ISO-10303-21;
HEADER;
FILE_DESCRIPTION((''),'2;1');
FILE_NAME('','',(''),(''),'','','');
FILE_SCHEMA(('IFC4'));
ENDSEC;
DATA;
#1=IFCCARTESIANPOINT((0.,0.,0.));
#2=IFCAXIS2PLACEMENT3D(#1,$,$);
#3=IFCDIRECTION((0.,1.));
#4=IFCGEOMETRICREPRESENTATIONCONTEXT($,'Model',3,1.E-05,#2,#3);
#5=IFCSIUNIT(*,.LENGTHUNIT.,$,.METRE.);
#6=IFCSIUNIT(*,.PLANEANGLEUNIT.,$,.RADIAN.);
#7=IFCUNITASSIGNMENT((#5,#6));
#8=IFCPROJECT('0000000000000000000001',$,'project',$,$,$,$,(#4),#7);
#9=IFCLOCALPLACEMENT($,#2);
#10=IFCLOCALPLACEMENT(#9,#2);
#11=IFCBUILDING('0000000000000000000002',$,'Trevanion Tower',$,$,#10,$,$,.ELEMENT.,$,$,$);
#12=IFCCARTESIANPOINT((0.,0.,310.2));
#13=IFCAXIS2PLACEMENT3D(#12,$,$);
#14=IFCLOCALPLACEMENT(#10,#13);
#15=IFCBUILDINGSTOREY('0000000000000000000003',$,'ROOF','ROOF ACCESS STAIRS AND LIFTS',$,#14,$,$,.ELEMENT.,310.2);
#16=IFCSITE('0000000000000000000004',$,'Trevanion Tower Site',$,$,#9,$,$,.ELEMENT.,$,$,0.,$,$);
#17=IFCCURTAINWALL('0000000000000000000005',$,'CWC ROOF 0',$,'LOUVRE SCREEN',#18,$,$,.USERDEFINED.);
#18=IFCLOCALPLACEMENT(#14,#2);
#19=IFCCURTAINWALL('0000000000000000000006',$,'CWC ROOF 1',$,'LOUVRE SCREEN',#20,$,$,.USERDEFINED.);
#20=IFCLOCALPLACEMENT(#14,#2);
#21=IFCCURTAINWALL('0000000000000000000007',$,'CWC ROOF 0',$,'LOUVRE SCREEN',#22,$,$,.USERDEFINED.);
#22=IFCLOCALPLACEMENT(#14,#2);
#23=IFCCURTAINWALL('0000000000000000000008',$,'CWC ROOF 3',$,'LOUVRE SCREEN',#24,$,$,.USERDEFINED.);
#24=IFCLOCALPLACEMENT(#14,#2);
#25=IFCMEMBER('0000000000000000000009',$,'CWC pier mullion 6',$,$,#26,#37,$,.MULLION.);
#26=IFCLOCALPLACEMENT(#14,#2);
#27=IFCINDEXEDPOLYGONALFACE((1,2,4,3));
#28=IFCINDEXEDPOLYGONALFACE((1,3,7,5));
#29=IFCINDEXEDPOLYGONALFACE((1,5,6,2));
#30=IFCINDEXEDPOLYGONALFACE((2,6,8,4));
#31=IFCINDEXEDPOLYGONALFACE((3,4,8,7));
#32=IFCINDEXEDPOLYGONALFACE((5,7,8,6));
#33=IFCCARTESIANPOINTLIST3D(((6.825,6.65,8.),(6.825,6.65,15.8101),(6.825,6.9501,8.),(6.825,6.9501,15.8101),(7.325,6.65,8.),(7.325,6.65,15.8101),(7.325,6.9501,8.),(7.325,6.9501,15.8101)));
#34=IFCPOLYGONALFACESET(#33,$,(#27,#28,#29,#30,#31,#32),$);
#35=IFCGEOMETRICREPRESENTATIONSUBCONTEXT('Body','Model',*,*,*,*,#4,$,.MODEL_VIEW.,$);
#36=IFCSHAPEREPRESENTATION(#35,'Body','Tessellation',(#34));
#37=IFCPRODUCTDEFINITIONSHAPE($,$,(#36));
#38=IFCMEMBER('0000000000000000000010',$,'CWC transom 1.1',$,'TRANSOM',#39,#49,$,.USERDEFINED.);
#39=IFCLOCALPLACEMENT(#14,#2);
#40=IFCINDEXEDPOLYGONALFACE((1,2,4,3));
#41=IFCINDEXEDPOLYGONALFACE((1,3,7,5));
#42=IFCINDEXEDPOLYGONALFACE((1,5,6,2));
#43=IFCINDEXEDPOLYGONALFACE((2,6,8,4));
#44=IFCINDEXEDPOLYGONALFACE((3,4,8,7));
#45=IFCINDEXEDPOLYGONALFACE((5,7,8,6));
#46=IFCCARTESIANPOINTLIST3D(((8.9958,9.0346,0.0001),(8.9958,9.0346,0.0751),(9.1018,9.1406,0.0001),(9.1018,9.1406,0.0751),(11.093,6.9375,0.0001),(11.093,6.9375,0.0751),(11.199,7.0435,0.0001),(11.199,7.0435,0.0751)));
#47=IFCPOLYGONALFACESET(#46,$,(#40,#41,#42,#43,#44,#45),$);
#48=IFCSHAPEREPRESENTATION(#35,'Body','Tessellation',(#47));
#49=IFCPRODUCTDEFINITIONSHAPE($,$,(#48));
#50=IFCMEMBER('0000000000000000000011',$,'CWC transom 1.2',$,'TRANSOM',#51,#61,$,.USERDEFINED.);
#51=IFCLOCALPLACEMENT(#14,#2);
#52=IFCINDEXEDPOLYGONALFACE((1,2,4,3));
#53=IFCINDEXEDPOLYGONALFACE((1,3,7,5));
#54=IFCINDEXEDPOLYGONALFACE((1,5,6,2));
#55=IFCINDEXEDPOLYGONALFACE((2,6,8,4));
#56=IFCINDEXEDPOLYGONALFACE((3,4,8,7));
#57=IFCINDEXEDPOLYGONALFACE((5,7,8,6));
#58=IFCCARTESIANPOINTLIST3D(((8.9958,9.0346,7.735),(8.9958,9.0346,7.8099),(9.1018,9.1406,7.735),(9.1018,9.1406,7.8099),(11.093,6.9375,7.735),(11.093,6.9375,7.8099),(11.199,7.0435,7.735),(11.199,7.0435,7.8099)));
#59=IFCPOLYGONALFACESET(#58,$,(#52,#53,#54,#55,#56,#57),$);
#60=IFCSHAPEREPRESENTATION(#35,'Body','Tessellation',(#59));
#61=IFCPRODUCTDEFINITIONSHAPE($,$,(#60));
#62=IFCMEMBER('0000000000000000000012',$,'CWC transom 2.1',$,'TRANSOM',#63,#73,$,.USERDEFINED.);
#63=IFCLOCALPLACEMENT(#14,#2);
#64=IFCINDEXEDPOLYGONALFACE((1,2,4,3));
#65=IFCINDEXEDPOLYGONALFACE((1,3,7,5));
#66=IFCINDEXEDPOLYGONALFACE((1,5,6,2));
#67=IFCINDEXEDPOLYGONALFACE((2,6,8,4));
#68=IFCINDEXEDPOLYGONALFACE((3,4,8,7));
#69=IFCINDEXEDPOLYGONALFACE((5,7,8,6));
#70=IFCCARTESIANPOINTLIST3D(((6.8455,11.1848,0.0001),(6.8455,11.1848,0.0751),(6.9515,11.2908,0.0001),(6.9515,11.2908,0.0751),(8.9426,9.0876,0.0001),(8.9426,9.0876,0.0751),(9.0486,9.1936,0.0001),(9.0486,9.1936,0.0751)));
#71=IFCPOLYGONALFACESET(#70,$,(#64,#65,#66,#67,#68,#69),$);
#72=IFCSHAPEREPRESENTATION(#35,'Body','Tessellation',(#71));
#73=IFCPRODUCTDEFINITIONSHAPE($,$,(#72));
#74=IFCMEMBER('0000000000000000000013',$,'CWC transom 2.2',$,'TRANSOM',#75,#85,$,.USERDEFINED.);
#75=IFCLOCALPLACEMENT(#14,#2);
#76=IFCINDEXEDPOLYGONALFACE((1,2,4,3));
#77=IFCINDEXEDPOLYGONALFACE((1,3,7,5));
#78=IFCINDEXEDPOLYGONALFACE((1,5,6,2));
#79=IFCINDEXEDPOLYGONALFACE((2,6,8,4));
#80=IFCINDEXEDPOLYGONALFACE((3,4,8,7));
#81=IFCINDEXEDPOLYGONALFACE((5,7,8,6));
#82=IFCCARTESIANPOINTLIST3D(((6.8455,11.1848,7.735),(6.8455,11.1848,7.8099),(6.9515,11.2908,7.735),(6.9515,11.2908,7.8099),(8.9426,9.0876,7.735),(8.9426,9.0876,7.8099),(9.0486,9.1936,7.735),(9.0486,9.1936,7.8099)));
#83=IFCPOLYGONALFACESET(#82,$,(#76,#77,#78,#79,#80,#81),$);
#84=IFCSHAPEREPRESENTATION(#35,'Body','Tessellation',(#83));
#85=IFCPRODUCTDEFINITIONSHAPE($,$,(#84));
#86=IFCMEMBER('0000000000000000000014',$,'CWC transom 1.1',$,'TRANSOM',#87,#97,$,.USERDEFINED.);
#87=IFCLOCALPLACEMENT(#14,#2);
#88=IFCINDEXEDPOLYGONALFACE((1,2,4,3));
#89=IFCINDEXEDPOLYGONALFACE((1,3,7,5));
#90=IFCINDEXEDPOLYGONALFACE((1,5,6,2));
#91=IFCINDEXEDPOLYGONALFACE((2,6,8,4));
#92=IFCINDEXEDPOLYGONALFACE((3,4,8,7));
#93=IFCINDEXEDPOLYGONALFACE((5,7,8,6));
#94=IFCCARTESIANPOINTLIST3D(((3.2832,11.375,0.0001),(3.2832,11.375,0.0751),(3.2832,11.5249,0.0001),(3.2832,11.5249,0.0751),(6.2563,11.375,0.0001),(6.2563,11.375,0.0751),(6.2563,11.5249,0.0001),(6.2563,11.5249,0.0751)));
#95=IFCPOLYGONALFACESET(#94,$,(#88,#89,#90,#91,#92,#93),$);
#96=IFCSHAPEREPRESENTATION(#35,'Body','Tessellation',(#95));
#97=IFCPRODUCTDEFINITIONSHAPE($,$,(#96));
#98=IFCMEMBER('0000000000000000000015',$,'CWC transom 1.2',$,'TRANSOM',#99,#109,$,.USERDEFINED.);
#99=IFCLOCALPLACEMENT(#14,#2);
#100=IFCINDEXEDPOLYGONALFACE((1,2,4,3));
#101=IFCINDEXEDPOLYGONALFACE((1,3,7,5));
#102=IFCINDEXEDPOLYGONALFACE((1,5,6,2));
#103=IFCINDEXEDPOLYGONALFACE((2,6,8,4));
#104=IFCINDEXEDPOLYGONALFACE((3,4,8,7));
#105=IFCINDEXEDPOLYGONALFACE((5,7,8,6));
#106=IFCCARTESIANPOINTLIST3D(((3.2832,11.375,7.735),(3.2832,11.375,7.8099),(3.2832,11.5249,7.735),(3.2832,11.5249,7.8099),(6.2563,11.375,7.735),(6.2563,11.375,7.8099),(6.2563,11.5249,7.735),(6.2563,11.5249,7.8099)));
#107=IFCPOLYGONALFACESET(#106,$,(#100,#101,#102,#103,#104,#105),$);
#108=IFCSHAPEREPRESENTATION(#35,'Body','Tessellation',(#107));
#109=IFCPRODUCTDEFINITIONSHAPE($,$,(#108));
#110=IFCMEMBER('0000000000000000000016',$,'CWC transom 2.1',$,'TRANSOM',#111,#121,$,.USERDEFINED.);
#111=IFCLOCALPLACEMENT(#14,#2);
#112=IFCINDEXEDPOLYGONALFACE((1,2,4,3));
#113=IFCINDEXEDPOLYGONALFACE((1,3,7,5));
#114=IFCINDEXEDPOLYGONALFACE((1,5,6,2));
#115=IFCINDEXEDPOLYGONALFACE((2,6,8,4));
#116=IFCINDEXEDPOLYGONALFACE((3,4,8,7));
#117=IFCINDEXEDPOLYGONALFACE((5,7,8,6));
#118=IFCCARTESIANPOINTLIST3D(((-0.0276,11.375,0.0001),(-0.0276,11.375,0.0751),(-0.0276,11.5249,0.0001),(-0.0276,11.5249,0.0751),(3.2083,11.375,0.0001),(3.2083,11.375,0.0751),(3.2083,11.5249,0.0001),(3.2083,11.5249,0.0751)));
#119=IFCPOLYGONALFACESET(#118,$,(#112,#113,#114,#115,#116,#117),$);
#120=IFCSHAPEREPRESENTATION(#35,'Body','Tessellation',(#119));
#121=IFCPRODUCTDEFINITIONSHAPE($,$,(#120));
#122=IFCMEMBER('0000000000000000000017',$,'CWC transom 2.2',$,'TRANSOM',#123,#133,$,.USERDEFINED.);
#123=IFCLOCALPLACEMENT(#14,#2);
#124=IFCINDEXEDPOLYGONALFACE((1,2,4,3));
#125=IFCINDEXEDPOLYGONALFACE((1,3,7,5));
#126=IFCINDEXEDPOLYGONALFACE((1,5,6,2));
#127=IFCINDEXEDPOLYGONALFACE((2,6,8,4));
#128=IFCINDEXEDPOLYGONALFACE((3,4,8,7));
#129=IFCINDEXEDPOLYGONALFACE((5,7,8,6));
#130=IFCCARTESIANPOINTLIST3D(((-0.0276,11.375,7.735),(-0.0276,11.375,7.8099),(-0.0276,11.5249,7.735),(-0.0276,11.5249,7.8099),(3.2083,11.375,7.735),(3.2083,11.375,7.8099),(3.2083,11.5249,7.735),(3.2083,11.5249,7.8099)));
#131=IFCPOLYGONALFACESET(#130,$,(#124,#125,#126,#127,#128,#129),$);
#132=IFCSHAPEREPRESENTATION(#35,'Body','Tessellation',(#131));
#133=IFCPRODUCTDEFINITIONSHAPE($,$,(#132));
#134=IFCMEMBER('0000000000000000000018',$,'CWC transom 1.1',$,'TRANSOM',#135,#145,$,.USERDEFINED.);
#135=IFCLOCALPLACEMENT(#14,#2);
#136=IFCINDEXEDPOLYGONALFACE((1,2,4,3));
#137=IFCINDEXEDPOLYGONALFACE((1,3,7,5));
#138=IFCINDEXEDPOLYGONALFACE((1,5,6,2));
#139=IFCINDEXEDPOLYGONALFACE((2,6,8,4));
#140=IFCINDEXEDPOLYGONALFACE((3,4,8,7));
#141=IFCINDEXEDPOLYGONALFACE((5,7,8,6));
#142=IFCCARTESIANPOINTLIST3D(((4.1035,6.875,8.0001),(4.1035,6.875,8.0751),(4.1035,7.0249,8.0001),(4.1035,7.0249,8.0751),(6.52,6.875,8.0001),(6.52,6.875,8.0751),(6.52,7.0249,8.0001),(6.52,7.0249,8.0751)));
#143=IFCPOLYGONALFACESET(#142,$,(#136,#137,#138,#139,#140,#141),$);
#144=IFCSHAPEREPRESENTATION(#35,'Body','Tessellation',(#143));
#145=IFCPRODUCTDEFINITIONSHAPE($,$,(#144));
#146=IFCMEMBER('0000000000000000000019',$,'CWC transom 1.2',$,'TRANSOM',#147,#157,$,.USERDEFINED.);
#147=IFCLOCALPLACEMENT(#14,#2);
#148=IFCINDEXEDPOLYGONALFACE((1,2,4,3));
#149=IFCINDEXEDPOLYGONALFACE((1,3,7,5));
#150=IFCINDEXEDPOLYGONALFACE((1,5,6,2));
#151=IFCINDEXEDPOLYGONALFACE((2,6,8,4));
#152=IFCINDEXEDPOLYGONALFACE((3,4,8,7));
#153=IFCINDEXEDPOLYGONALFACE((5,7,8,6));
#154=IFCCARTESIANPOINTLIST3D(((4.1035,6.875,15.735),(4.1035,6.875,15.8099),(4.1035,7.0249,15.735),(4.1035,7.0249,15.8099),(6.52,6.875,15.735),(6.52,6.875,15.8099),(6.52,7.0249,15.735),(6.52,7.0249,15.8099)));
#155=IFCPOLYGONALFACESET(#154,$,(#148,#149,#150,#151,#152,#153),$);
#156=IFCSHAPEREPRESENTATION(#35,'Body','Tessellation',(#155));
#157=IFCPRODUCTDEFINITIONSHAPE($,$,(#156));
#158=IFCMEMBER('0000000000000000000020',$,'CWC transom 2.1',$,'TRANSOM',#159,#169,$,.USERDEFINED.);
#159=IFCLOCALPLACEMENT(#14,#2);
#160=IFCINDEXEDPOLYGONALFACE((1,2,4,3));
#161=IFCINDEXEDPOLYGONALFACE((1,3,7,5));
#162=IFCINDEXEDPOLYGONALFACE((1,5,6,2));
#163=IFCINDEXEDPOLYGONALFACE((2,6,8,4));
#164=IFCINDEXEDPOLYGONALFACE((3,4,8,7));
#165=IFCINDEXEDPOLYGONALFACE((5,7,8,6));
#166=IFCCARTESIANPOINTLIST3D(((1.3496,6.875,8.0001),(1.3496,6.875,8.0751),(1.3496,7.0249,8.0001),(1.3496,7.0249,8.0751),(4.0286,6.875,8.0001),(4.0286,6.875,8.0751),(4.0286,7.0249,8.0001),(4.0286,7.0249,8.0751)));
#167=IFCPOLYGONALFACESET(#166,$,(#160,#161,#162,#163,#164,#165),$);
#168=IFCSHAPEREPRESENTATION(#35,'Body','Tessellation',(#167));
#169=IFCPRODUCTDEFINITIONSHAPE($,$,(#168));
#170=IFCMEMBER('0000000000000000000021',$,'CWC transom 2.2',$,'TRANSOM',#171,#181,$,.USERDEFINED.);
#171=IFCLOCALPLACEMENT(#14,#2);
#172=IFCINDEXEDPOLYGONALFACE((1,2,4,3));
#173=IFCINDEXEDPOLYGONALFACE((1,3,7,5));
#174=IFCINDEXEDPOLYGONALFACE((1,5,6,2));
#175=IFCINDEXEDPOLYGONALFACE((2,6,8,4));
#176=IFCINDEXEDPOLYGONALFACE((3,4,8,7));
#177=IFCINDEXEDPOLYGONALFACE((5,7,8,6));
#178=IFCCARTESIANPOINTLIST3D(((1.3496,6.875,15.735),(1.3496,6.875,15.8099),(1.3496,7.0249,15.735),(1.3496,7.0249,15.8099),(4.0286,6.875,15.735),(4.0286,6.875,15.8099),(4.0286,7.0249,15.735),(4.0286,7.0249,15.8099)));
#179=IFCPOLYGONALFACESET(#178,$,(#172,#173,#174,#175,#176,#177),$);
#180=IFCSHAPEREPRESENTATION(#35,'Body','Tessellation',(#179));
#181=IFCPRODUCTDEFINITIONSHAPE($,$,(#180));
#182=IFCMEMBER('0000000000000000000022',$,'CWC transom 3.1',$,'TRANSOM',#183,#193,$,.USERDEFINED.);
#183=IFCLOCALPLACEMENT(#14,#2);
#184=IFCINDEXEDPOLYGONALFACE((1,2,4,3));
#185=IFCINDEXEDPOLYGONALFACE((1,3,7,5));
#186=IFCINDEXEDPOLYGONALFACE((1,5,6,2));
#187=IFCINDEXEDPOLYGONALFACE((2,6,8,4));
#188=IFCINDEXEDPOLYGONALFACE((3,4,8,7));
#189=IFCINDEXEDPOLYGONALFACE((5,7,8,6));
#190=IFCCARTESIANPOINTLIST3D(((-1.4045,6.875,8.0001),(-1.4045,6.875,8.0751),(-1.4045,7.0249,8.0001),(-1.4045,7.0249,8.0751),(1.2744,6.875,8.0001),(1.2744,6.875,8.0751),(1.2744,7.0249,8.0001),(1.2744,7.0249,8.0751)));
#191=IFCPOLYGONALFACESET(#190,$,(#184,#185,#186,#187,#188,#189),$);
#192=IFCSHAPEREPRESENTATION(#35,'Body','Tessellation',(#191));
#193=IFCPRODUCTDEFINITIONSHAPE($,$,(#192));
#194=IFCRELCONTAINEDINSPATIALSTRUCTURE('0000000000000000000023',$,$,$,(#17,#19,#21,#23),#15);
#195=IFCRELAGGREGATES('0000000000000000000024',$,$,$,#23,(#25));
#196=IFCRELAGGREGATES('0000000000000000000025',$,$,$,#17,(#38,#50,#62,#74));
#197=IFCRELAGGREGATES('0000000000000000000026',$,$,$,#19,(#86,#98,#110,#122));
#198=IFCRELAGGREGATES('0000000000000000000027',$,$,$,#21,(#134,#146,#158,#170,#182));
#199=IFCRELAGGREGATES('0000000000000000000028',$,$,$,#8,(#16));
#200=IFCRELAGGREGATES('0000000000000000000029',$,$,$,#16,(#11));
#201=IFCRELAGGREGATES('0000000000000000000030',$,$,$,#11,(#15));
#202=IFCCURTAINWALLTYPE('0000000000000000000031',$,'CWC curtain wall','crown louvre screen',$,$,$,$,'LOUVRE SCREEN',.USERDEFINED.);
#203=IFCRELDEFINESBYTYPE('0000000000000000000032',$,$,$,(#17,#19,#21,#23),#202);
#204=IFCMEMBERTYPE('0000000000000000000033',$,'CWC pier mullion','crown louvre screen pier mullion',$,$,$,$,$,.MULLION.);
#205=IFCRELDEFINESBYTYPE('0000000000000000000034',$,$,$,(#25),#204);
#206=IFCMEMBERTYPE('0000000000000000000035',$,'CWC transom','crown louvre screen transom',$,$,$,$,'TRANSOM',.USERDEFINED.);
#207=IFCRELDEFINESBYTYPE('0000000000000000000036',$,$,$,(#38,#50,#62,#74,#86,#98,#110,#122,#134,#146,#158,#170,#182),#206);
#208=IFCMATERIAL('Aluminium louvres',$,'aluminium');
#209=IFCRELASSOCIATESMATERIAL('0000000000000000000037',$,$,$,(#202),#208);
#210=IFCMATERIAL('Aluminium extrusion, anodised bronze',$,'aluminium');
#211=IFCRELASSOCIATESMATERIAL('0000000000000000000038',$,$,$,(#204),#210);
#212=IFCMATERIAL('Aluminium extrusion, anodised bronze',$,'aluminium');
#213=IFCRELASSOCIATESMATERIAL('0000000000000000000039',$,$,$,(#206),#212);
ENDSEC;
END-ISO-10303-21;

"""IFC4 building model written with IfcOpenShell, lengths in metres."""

from ifc_helpers import new_model, si_unit, direction, frame, origin, origin_2d, place, context, subcontext, project, spatial, rectangle, extrude, material, material_profile, profile_set, type_object, element, aggregate, save


model = new_model("IFC4")

# Units and contexts
model_context = context("Model", 3, precision=1e-05, world=origin(), true_north=direction((0.0, 1.0)))
body_context = subcontext(model_context, "Body", "Model", "MODEL_VIEW")
ifc_project = project(units=[si_unit("LENGTHUNIT", "METRE"), si_unit("PLANEANGLEUNIT", "RADIAN")], contexts=[model_context])

# Site, building, storey
site_placement = place(None, origin())
site = spatial("IfcSite", under=ifc_project, at=site_placement, Name="Trevanion Tower Site", CompositionType="ELEMENT", RefElevation=0.0)
building_placement = place(site_placement, origin())
building = spatial("IfcBuilding", under=site, at=building_placement, Name="Trevanion Tower", CompositionType="ELEMENT")
storey_placement = place(building_placement, frame((0.0, 0.0, 310.2)))
storey = spatial("IfcBuildingStorey", under=building, at=storey_placement, Name="ROOF", Description="ROOF ACCESS STAIRS AND LIFTS", CompositionType="ELEMENT", Elevation=310.2)

# Curtain walls
ifc_material_1 = material(Name="Aluminium louvres", Category="aluminium")
curtain_wall_type = type_object("IfcCurtainWallType", Name="CWC curtain wall", Description="crown louvre screen", ElementType="LOUVRE SCREEN", PredefinedType="USERDEFINED", material=ifc_material_1)
curtain_wall_1_placement = place(storey_placement, origin())
curtain_wall_1 = element("IfcCurtainWall", 1, at=curtain_wall_1_placement, inside=storey, type_object=curtain_wall_type, Name="CWC ROOF 0", ObjectType="LOUVRE SCREEN", PredefinedType="USERDEFINED")
curtain_wall_2_placement = place(storey_placement, origin())
curtain_wall_2 = element("IfcCurtainWall", 2, at=curtain_wall_2_placement, inside=storey, type_object=curtain_wall_type, Name="CWC ROOF 1", ObjectType="LOUVRE SCREEN", PredefinedType="USERDEFINED")

# Curtain wall
curtain_wall_3_placement = place(storey_placement, origin())
curtain_wall_3 = element("IfcCurtainWall", 3, at=curtain_wall_3_placement, inside=storey, type_object=curtain_wall_type, Name="CWC ROOF 0", ObjectType="LOUVRE SCREEN", PredefinedType="USERDEFINED")

# Shared definitions
ifc_material_2 = material(Name="Aluminium extrusion, anodised bronze", Category="aluminium")
ifc_material_profile_1 = material_profile(ifc_material_2, rectangle(XDim=0.3, YDim=0.5, at=origin_2d()), Name="CWC pier mullion")
ifc_profile_set_1 = profile_set([ifc_material_profile_1], Name="Aluminium extrusion, anodised bronze")
member_type_1 = type_object("IfcMemberType", Name="CWC pier mullion", Description="crown louvre screen pier mullion", PredefinedType="MULLION", material=ifc_profile_set_1)

# Curtain wall, member
curtain_wall_4_placement = place(storey_placement, origin())
curtain_wall_4 = element("IfcCurtainWall", 4, at=curtain_wall_4_placement, inside=storey, type_object=curtain_wall_type, Name="CWC ROOF 3", ObjectType="LOUVRE SCREEN", PredefinedType="USERDEFINED")
member_1_placement = place(storey_placement, frame((7.075, 6.8, 8.0), z_axis=(0.0, 0.0, 1.0), x_axis=(0.0, 1.0, 0.0)))
member_1 = element("IfcMember", 5, at=member_1_placement, type_object=member_type_1, Name="CWC pier mullion 6", PredefinedType="MULLION", context=body_context, shape_type="SweptSolid", body=[
    extrude(rectangle(XDim=0.3, YDim=0.5, at=origin_2d()), origin(), (0.0, 0.0, 1.0), 7.8101),
])
aggregate(curtain_wall_4, [member_1])

# Members
ifc_material_3 = material(Name="Aluminium extrusion, anodised bronze", Category="aluminium")
ifc_material_profile_2 = material_profile(ifc_material_3, rectangle(XDim=0.1499, YDim=0.075, at=origin_2d()), Name="CWC transom")
ifc_profile_set_2 = profile_set([ifc_material_profile_2], Name="Aluminium extrusion, anodised bronze")
member_type_2 = type_object("IfcMemberType", Name="CWC transom", Description="crown louvre screen transom", ElementType="TRANSOM", PredefinedType="USERDEFINED", material=ifc_profile_set_2)
member_2_placement = place(storey_placement, frame((11.146, 6.9905, 0.0376), z_axis=(-0.707107, 0.707107, 0.0), x_axis=(-0.707107, -0.707107, 0.0)))
member_2 = element("IfcMember", 6, at=member_2_placement, type_object=member_type_2, Name="CWC transom 1.1", ObjectType="TRANSOM", PredefinedType="USERDEFINED", context=body_context, shape_type="SweptSolid", body=[
    extrude(rectangle(XDim=0.1499, YDim=0.075, at=origin_2d()), origin(), (0.0, 0.0, 1.0), 2.9658),
])
member_3_placement = place(storey_placement, frame((11.146, 6.9905, 7.7725), z_axis=(-0.707107, 0.707107, 0.0), x_axis=(-0.707107, -0.707107, 0.0)))
member_3 = element("IfcMember", 7, at=member_3_placement, type_object=member_type_2, Name="CWC transom 1.2", ObjectType="TRANSOM", PredefinedType="USERDEFINED", context=body_context, shape_type="SweptSolid", body=[
    extrude(rectangle(XDim=0.1499, YDim=0.075, at=origin_2d()), origin(), (0.0, 0.0, 1.0), 2.9658),
])
member_4_placement = place(storey_placement, frame((8.9956, 9.1406, 0.0376), z_axis=(-0.707107, 0.707107, 0.0), x_axis=(-0.707107, -0.707107, 0.0)))
member_4 = element("IfcMember", 8, at=member_4_placement, type_object=member_type_2, Name="CWC transom 2.1", ObjectType="TRANSOM", PredefinedType="USERDEFINED", context=body_context, shape_type="SweptSolid", body=[
    extrude(rectangle(XDim=0.1499, YDim=0.075, at=origin_2d()), origin(), (0.0, 0.0, 1.0), 2.9658),
])
member_5_placement = place(storey_placement, frame((8.9956, 9.1406, 7.7725), z_axis=(-0.707107, 0.707107, 0.0), x_axis=(-0.707107, -0.707107, 0.0)))
member_5 = element("IfcMember", 9, at=member_5_placement, type_object=member_type_2, Name="CWC transom 2.2", ObjectType="TRANSOM", PredefinedType="USERDEFINED", context=body_context, shape_type="SweptSolid", body=[
    extrude(rectangle(XDim=0.1499, YDim=0.075, at=origin_2d()), origin(), (0.0, 0.0, 1.0), 2.9658),
])
member_6_placement = place(storey_placement, frame((6.2563, 11.45, 0.0376), z_axis=(-1.0, 0.0, 0.0), x_axis=(0.0, -1.0, 0.0)))
member_6 = element("IfcMember", 10, at=member_6_placement, type_object=member_type_2, Name="CWC transom 1.1", ObjectType="TRANSOM", PredefinedType="USERDEFINED", context=body_context, shape_type="SweptSolid", body=[
    extrude(rectangle(XDim=0.1499, YDim=0.075, at=origin_2d()), origin(), (0.0, 0.0, 1.0), 2.9731),
])
member_7_placement = place(storey_placement, frame((6.2563, 11.45, 7.7725), z_axis=(-1.0, 0.0, 0.0), x_axis=(0.0, -1.0, 0.0)))
member_7 = element("IfcMember", 11, at=member_7_placement, type_object=member_type_2, Name="CWC transom 1.2", ObjectType="TRANSOM", PredefinedType="USERDEFINED", context=body_context, shape_type="SweptSolid", body=[
    extrude(rectangle(XDim=0.1499, YDim=0.075, at=origin_2d()), origin(), (0.0, 0.0, 1.0), 2.9731),
])
member_8_placement = place(storey_placement, frame((3.2083, 11.45, 0.0376), z_axis=(-1.0, 0.0, 0.0), x_axis=(0.0, -1.0, 0.0)))
member_8 = element("IfcMember", 12, at=member_8_placement, type_object=member_type_2, Name="CWC transom 2.1", ObjectType="TRANSOM", PredefinedType="USERDEFINED", context=body_context, shape_type="SweptSolid", body=[
    extrude(rectangle(XDim=0.1499, YDim=0.075, at=origin_2d()), origin(), (0.0, 0.0, 1.0), 3.2358),
])
member_9_placement = place(storey_placement, frame((3.2083, 11.45, 7.7725), z_axis=(-1.0, 0.0, 0.0), x_axis=(0.0, -1.0, 0.0)))
member_9 = element("IfcMember", 13, at=member_9_placement, type_object=member_type_2, Name="CWC transom 2.2", ObjectType="TRANSOM", PredefinedType="USERDEFINED", context=body_context, shape_type="SweptSolid", body=[
    extrude(rectangle(XDim=0.1499, YDim=0.075, at=origin_2d()), origin(), (0.0, 0.0, 1.0), 3.2358),
])
member_10_placement = place(storey_placement, frame((6.52, 6.95, 8.0376), z_axis=(-1.0, 0.0, 0.0), x_axis=(0.0, -1.0, 0.0)))
member_10 = element("IfcMember", 14, at=member_10_placement, type_object=member_type_2, Name="CWC transom 1.1", ObjectType="TRANSOM", PredefinedType="USERDEFINED", context=body_context, shape_type="SweptSolid", body=[
    extrude(rectangle(XDim=0.1499, YDim=0.075, at=origin_2d()), origin(), (0.0, 0.0, 1.0), 2.4165),
])
member_11_placement = place(storey_placement, frame((6.52, 6.95, 15.7725), z_axis=(-1.0, 0.0, 0.0), x_axis=(0.0, -1.0, 0.0)))
member_11 = element("IfcMember", 15, at=member_11_placement, type_object=member_type_2, Name="CWC transom 1.2", ObjectType="TRANSOM", PredefinedType="USERDEFINED", context=body_context, shape_type="SweptSolid", body=[
    extrude(rectangle(XDim=0.1499, YDim=0.075, at=origin_2d()), origin(), (0.0, 0.0, 1.0), 2.4165),
])
member_12_placement = place(storey_placement, frame((4.0286, 6.95, 8.0376), z_axis=(-1.0, 0.0, 0.0), x_axis=(0.0, -1.0, 0.0)))
member_12 = element("IfcMember", 16, at=member_12_placement, type_object=member_type_2, Name="CWC transom 2.1", ObjectType="TRANSOM", PredefinedType="USERDEFINED", context=body_context, shape_type="SweptSolid", body=[
    extrude(rectangle(XDim=0.1499, YDim=0.075, at=origin_2d()), origin(), (0.0, 0.0, 1.0), 2.679),
])
member_13_placement = place(storey_placement, frame((4.0286, 6.95, 15.7725), z_axis=(-1.0, 0.0, 0.0), x_axis=(0.0, -1.0, 0.0)))
member_13 = element("IfcMember", 17, at=member_13_placement, type_object=member_type_2, Name="CWC transom 2.2", ObjectType="TRANSOM", PredefinedType="USERDEFINED", context=body_context, shape_type="SweptSolid", body=[
    extrude(rectangle(XDim=0.1499, YDim=0.075, at=origin_2d()), origin(), (0.0, 0.0, 1.0), 2.679),
])
member_14_placement = place(storey_placement, frame((1.2744, 6.95, 8.0376), z_axis=(-1.0, 0.0, 0.0), x_axis=(0.0, -1.0, 0.0)))
member_14 = element("IfcMember", 18, at=member_14_placement, type_object=member_type_2, Name="CWC transom 3.1", ObjectType="TRANSOM", PredefinedType="USERDEFINED", context=body_context, shape_type="SweptSolid", body=[
    extrude(rectangle(XDim=0.1499, YDim=0.075, at=origin_2d()), origin(), (0.0, 0.0, 1.0), 2.679),
])

aggregate(curtain_wall_1, [member_2, member_3, member_4, member_5])
aggregate(curtain_wall_2, [member_6, member_7, member_8, member_9])
aggregate(curtain_wall_3, [member_10, member_11, member_12, member_13, member_14])

save(model, "model.ifc")
